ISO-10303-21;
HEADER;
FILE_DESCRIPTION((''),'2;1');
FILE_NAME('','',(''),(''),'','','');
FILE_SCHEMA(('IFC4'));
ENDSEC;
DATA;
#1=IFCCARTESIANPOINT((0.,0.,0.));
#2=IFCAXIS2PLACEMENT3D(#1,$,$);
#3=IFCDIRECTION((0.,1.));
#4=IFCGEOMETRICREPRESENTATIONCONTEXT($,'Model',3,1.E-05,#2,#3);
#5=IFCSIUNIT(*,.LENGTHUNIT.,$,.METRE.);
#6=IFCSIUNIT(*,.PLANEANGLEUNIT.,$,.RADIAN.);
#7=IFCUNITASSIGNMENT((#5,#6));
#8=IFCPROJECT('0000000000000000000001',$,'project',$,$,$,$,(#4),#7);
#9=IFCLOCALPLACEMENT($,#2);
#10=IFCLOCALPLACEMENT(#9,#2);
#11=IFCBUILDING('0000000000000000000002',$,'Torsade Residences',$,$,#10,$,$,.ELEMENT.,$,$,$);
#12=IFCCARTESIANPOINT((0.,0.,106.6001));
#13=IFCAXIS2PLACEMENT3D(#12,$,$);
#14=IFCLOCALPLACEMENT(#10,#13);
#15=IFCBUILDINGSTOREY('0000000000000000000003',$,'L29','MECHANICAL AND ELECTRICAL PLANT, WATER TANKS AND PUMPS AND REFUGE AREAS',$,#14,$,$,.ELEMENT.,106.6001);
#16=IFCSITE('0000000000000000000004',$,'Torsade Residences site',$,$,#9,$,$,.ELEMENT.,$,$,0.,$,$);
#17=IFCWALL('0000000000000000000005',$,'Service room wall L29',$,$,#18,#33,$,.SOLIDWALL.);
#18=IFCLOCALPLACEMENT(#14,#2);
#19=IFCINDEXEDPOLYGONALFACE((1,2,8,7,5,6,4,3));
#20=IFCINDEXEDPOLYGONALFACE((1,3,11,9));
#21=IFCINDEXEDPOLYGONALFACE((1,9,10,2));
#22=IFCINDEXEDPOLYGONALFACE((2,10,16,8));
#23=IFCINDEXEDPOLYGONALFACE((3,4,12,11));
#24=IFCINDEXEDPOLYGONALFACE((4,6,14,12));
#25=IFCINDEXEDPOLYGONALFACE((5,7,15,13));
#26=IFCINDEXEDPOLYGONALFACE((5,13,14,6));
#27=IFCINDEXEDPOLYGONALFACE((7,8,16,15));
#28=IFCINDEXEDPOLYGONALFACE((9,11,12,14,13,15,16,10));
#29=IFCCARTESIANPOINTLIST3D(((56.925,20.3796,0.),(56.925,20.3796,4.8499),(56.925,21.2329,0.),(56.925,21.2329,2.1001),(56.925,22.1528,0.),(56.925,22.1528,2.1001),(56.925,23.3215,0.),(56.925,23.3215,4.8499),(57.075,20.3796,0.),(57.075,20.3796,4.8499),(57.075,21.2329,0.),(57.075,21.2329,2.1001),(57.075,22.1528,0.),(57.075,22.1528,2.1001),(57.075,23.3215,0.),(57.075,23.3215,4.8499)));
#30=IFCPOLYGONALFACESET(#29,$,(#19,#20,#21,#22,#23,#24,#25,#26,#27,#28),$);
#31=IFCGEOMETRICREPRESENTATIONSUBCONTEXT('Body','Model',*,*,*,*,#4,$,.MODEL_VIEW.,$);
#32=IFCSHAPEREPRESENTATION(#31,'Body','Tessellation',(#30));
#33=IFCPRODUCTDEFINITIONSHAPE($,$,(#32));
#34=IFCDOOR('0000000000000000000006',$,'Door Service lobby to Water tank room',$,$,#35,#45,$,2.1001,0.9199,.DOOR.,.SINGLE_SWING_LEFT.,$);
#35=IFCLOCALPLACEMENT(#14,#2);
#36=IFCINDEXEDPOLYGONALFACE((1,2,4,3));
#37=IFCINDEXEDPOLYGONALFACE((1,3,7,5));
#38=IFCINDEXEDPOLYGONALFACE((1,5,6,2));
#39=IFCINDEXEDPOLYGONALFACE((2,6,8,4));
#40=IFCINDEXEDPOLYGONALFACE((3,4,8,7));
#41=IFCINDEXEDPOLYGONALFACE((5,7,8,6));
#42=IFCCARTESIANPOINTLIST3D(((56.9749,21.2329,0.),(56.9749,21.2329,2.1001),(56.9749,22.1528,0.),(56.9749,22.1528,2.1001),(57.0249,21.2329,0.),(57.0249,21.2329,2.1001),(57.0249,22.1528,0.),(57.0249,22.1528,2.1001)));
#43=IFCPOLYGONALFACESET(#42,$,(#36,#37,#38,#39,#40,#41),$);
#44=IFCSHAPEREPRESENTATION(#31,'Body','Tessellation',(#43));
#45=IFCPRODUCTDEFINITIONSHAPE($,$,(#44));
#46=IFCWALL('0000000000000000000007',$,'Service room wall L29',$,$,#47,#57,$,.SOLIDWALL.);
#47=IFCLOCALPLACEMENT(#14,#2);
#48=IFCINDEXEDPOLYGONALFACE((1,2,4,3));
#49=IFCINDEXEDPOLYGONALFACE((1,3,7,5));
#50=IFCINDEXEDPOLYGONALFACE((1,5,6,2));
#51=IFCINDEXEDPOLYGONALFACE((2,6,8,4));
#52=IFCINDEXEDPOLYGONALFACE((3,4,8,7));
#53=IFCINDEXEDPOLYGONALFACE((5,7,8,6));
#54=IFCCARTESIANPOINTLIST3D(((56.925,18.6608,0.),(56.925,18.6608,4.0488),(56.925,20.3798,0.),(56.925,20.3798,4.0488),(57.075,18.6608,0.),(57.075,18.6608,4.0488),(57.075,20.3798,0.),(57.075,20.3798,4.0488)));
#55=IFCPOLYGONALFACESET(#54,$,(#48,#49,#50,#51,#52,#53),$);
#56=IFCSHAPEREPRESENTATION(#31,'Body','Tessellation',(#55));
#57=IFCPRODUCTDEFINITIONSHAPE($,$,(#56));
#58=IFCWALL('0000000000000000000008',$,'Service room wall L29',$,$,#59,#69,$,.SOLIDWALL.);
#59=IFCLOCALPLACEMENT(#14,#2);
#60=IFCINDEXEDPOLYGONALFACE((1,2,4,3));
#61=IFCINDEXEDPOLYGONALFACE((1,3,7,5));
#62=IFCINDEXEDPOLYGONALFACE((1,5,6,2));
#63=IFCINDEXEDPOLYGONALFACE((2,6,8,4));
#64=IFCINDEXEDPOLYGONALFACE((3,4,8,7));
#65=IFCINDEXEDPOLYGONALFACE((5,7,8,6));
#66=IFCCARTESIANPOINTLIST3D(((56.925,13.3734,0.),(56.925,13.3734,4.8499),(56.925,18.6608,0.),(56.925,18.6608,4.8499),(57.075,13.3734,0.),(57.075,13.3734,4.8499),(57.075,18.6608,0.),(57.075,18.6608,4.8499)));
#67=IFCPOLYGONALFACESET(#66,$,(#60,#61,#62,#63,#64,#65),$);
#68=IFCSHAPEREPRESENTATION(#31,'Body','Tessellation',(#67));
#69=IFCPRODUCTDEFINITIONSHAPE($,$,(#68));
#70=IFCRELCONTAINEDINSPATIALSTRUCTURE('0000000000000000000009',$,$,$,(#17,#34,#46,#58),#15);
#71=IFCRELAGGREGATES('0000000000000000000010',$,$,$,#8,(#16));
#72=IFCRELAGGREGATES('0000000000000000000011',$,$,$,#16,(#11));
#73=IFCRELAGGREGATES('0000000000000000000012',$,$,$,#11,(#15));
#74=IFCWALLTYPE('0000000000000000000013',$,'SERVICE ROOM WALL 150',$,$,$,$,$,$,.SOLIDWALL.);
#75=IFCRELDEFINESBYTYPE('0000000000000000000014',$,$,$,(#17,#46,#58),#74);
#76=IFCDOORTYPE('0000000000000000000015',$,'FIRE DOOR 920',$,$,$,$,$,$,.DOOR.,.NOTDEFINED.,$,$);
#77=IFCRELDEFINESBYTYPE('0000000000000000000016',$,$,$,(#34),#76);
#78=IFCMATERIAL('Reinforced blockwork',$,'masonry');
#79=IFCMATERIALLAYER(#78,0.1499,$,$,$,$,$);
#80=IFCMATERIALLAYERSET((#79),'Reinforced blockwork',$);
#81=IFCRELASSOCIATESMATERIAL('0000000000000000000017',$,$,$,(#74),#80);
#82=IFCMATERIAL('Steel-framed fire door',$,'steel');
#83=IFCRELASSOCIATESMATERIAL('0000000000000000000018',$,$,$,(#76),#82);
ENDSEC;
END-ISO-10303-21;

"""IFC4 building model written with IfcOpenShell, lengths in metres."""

from ifc_helpers import new_model, si_unit, direction, frame, frame_2d, origin, place, context, subcontext, project, spatial, rectangle, extrude, material, layer, layer_set, type_object, element, fill, save


model = new_model("IFC4")

# Units and contexts
model_context = context("Model", 3, precision=1e-05, world=origin(), true_north=direction((0.0, 1.0)))
body_context = subcontext(model_context, "Body", "Model", "MODEL_VIEW")
ifc_project = project(units=[si_unit("LENGTHUNIT", "METRE"), si_unit("PLANEANGLEUNIT", "RADIAN")], contexts=[model_context])

# Site, building, storey
site_placement = place(None, origin())
site = spatial("IfcSite", under=ifc_project, at=site_placement, Name="Torsade Residences site", CompositionType="ELEMENT", RefElevation=0.0)
building_placement = place(site_placement, origin())
building = spatial("IfcBuilding", under=site, at=building_placement, Name="Torsade Residences", CompositionType="ELEMENT")
storey_placement = place(building_placement, frame((0.0, 0.0, 106.6001)))
storey = spatial("IfcBuildingStorey", under=building, at=storey_placement, Name="L29", Description="MECHANICAL AND ELECTRICAL PLANT, WATER TANKS AND PUMPS AND REFUGE AREAS", CompositionType="ELEMENT", Elevation=106.6001)

# Shared definitions
ifc_material_1 = material(Name="Reinforced blockwork", Category="masonry")
ifc_layer_1 = layer(ifc_material_1, 0.1499)
ifc_layer_set_1 = layer_set([ifc_layer_1], Name="Reinforced blockwork")
wall_type = type_object("IfcWallType", Name="SERVICE ROOM WALL 150", PredefinedType="SOLIDWALL", material=ifc_layer_set_1)

# Wall, opening, door
wall_1_placement = place(storey_placement, frame((57.0, 23.3215, 0.0), z_axis=(0.0, 0.0, 1.0), x_axis=(0.0, -1.0, 0.0)))
wall_1 = element("IfcWall", 1, at=wall_1_placement, inside=storey, type_object=wall_type, Name="Service room wall L29", PredefinedType="SOLIDWALL", context=body_context, shape_type="SweptSolid", body=[
    extrude(rectangle(XDim=2.9419, YDim=0.1499, at=frame_2d((1.4709, 0.0))), origin(), (0.0, 0.0, 1.0), 4.8499),
])
opening_placement = place(wall_1_placement, frame((1.1687, 0.0, 0.0)))
opening = element("IfcOpeningElement", 2, at=opening_placement, cuts=wall_1, PredefinedType="OPENING", context=body_context, shape_type="SweptSolid", body=[
    extrude(rectangle(XDim=0.9199, YDim=2.1001, at=frame_2d((0.46, 1.05))), frame((0.0, 0.085, 0.0), z_axis=(0.0, -1.0, 0.0), x_axis=(1.0, 0.0, 0.0)), (0.0, 0.0, 1.0), 0.1699),
])
ifc_material_2 = material(Name="Steel-framed fire door", Category="steel")
door_type = type_object("IfcDoorType", Name="FIRE DOOR 920", OperationType="NOTDEFINED", PredefinedType="DOOR", material=ifc_material_2)
door_placement = place(opening_placement, origin())
door = element("IfcDoor", 3, at=door_placement, inside=storey, type_object=door_type, Name="Door Service lobby to Water tank room", OperationType="SINGLE_SWING_LEFT", OverallHeight=2.1001, OverallWidth=0.9199, PredefinedType="DOOR", context=body_context, shape_type="SweptSolid", body=[
    extrude(rectangle(XDim=0.9199, YDim=2.1001, at=frame_2d((0.46, 1.05))), frame((0.0, 0.0249, 0.0), z_axis=(0.0, -1.0, 0.0), x_axis=(1.0, 0.0, 0.0)), (0.0, 0.0, 1.0), 0.05),
])
fill(opening, door)

# Walls
wall_2_placement = place(storey_placement, frame((57.0, 20.3796, 0.0), z_axis=(0.0, 0.0, 1.0), x_axis=(0.0, -1.0, 0.0)))
element("IfcWall", 4, at=wall_2_placement, inside=storey, type_object=wall_type, Name="Service room wall L29", PredefinedType="SOLIDWALL", context=body_context, shape_type="SweptSolid", body=[
    extrude(rectangle(XDim=1.719, YDim=0.1499, at=frame_2d((0.8594, 0.0))), origin(), (0.0, 0.0, 1.0), 4.0488),
])
wall_3_placement = place(storey_placement, frame((57.0, 18.6606, 0.0), z_axis=(0.0, 0.0, 1.0), x_axis=(0.0, -1.0, 0.0)))
element("IfcWall", 5, at=wall_3_placement, inside=storey, type_object=wall_type, Name="Service room wall L29", PredefinedType="SOLIDWALL", context=body_context, shape_type="SweptSolid", body=[
    extrude(rectangle(XDim=5.2874, YDim=0.1499, at=frame_2d((2.6436, 0.0))), origin(), (0.0, 0.0, 1.0), 4.8499),
])

save(model, "model.ifc")
